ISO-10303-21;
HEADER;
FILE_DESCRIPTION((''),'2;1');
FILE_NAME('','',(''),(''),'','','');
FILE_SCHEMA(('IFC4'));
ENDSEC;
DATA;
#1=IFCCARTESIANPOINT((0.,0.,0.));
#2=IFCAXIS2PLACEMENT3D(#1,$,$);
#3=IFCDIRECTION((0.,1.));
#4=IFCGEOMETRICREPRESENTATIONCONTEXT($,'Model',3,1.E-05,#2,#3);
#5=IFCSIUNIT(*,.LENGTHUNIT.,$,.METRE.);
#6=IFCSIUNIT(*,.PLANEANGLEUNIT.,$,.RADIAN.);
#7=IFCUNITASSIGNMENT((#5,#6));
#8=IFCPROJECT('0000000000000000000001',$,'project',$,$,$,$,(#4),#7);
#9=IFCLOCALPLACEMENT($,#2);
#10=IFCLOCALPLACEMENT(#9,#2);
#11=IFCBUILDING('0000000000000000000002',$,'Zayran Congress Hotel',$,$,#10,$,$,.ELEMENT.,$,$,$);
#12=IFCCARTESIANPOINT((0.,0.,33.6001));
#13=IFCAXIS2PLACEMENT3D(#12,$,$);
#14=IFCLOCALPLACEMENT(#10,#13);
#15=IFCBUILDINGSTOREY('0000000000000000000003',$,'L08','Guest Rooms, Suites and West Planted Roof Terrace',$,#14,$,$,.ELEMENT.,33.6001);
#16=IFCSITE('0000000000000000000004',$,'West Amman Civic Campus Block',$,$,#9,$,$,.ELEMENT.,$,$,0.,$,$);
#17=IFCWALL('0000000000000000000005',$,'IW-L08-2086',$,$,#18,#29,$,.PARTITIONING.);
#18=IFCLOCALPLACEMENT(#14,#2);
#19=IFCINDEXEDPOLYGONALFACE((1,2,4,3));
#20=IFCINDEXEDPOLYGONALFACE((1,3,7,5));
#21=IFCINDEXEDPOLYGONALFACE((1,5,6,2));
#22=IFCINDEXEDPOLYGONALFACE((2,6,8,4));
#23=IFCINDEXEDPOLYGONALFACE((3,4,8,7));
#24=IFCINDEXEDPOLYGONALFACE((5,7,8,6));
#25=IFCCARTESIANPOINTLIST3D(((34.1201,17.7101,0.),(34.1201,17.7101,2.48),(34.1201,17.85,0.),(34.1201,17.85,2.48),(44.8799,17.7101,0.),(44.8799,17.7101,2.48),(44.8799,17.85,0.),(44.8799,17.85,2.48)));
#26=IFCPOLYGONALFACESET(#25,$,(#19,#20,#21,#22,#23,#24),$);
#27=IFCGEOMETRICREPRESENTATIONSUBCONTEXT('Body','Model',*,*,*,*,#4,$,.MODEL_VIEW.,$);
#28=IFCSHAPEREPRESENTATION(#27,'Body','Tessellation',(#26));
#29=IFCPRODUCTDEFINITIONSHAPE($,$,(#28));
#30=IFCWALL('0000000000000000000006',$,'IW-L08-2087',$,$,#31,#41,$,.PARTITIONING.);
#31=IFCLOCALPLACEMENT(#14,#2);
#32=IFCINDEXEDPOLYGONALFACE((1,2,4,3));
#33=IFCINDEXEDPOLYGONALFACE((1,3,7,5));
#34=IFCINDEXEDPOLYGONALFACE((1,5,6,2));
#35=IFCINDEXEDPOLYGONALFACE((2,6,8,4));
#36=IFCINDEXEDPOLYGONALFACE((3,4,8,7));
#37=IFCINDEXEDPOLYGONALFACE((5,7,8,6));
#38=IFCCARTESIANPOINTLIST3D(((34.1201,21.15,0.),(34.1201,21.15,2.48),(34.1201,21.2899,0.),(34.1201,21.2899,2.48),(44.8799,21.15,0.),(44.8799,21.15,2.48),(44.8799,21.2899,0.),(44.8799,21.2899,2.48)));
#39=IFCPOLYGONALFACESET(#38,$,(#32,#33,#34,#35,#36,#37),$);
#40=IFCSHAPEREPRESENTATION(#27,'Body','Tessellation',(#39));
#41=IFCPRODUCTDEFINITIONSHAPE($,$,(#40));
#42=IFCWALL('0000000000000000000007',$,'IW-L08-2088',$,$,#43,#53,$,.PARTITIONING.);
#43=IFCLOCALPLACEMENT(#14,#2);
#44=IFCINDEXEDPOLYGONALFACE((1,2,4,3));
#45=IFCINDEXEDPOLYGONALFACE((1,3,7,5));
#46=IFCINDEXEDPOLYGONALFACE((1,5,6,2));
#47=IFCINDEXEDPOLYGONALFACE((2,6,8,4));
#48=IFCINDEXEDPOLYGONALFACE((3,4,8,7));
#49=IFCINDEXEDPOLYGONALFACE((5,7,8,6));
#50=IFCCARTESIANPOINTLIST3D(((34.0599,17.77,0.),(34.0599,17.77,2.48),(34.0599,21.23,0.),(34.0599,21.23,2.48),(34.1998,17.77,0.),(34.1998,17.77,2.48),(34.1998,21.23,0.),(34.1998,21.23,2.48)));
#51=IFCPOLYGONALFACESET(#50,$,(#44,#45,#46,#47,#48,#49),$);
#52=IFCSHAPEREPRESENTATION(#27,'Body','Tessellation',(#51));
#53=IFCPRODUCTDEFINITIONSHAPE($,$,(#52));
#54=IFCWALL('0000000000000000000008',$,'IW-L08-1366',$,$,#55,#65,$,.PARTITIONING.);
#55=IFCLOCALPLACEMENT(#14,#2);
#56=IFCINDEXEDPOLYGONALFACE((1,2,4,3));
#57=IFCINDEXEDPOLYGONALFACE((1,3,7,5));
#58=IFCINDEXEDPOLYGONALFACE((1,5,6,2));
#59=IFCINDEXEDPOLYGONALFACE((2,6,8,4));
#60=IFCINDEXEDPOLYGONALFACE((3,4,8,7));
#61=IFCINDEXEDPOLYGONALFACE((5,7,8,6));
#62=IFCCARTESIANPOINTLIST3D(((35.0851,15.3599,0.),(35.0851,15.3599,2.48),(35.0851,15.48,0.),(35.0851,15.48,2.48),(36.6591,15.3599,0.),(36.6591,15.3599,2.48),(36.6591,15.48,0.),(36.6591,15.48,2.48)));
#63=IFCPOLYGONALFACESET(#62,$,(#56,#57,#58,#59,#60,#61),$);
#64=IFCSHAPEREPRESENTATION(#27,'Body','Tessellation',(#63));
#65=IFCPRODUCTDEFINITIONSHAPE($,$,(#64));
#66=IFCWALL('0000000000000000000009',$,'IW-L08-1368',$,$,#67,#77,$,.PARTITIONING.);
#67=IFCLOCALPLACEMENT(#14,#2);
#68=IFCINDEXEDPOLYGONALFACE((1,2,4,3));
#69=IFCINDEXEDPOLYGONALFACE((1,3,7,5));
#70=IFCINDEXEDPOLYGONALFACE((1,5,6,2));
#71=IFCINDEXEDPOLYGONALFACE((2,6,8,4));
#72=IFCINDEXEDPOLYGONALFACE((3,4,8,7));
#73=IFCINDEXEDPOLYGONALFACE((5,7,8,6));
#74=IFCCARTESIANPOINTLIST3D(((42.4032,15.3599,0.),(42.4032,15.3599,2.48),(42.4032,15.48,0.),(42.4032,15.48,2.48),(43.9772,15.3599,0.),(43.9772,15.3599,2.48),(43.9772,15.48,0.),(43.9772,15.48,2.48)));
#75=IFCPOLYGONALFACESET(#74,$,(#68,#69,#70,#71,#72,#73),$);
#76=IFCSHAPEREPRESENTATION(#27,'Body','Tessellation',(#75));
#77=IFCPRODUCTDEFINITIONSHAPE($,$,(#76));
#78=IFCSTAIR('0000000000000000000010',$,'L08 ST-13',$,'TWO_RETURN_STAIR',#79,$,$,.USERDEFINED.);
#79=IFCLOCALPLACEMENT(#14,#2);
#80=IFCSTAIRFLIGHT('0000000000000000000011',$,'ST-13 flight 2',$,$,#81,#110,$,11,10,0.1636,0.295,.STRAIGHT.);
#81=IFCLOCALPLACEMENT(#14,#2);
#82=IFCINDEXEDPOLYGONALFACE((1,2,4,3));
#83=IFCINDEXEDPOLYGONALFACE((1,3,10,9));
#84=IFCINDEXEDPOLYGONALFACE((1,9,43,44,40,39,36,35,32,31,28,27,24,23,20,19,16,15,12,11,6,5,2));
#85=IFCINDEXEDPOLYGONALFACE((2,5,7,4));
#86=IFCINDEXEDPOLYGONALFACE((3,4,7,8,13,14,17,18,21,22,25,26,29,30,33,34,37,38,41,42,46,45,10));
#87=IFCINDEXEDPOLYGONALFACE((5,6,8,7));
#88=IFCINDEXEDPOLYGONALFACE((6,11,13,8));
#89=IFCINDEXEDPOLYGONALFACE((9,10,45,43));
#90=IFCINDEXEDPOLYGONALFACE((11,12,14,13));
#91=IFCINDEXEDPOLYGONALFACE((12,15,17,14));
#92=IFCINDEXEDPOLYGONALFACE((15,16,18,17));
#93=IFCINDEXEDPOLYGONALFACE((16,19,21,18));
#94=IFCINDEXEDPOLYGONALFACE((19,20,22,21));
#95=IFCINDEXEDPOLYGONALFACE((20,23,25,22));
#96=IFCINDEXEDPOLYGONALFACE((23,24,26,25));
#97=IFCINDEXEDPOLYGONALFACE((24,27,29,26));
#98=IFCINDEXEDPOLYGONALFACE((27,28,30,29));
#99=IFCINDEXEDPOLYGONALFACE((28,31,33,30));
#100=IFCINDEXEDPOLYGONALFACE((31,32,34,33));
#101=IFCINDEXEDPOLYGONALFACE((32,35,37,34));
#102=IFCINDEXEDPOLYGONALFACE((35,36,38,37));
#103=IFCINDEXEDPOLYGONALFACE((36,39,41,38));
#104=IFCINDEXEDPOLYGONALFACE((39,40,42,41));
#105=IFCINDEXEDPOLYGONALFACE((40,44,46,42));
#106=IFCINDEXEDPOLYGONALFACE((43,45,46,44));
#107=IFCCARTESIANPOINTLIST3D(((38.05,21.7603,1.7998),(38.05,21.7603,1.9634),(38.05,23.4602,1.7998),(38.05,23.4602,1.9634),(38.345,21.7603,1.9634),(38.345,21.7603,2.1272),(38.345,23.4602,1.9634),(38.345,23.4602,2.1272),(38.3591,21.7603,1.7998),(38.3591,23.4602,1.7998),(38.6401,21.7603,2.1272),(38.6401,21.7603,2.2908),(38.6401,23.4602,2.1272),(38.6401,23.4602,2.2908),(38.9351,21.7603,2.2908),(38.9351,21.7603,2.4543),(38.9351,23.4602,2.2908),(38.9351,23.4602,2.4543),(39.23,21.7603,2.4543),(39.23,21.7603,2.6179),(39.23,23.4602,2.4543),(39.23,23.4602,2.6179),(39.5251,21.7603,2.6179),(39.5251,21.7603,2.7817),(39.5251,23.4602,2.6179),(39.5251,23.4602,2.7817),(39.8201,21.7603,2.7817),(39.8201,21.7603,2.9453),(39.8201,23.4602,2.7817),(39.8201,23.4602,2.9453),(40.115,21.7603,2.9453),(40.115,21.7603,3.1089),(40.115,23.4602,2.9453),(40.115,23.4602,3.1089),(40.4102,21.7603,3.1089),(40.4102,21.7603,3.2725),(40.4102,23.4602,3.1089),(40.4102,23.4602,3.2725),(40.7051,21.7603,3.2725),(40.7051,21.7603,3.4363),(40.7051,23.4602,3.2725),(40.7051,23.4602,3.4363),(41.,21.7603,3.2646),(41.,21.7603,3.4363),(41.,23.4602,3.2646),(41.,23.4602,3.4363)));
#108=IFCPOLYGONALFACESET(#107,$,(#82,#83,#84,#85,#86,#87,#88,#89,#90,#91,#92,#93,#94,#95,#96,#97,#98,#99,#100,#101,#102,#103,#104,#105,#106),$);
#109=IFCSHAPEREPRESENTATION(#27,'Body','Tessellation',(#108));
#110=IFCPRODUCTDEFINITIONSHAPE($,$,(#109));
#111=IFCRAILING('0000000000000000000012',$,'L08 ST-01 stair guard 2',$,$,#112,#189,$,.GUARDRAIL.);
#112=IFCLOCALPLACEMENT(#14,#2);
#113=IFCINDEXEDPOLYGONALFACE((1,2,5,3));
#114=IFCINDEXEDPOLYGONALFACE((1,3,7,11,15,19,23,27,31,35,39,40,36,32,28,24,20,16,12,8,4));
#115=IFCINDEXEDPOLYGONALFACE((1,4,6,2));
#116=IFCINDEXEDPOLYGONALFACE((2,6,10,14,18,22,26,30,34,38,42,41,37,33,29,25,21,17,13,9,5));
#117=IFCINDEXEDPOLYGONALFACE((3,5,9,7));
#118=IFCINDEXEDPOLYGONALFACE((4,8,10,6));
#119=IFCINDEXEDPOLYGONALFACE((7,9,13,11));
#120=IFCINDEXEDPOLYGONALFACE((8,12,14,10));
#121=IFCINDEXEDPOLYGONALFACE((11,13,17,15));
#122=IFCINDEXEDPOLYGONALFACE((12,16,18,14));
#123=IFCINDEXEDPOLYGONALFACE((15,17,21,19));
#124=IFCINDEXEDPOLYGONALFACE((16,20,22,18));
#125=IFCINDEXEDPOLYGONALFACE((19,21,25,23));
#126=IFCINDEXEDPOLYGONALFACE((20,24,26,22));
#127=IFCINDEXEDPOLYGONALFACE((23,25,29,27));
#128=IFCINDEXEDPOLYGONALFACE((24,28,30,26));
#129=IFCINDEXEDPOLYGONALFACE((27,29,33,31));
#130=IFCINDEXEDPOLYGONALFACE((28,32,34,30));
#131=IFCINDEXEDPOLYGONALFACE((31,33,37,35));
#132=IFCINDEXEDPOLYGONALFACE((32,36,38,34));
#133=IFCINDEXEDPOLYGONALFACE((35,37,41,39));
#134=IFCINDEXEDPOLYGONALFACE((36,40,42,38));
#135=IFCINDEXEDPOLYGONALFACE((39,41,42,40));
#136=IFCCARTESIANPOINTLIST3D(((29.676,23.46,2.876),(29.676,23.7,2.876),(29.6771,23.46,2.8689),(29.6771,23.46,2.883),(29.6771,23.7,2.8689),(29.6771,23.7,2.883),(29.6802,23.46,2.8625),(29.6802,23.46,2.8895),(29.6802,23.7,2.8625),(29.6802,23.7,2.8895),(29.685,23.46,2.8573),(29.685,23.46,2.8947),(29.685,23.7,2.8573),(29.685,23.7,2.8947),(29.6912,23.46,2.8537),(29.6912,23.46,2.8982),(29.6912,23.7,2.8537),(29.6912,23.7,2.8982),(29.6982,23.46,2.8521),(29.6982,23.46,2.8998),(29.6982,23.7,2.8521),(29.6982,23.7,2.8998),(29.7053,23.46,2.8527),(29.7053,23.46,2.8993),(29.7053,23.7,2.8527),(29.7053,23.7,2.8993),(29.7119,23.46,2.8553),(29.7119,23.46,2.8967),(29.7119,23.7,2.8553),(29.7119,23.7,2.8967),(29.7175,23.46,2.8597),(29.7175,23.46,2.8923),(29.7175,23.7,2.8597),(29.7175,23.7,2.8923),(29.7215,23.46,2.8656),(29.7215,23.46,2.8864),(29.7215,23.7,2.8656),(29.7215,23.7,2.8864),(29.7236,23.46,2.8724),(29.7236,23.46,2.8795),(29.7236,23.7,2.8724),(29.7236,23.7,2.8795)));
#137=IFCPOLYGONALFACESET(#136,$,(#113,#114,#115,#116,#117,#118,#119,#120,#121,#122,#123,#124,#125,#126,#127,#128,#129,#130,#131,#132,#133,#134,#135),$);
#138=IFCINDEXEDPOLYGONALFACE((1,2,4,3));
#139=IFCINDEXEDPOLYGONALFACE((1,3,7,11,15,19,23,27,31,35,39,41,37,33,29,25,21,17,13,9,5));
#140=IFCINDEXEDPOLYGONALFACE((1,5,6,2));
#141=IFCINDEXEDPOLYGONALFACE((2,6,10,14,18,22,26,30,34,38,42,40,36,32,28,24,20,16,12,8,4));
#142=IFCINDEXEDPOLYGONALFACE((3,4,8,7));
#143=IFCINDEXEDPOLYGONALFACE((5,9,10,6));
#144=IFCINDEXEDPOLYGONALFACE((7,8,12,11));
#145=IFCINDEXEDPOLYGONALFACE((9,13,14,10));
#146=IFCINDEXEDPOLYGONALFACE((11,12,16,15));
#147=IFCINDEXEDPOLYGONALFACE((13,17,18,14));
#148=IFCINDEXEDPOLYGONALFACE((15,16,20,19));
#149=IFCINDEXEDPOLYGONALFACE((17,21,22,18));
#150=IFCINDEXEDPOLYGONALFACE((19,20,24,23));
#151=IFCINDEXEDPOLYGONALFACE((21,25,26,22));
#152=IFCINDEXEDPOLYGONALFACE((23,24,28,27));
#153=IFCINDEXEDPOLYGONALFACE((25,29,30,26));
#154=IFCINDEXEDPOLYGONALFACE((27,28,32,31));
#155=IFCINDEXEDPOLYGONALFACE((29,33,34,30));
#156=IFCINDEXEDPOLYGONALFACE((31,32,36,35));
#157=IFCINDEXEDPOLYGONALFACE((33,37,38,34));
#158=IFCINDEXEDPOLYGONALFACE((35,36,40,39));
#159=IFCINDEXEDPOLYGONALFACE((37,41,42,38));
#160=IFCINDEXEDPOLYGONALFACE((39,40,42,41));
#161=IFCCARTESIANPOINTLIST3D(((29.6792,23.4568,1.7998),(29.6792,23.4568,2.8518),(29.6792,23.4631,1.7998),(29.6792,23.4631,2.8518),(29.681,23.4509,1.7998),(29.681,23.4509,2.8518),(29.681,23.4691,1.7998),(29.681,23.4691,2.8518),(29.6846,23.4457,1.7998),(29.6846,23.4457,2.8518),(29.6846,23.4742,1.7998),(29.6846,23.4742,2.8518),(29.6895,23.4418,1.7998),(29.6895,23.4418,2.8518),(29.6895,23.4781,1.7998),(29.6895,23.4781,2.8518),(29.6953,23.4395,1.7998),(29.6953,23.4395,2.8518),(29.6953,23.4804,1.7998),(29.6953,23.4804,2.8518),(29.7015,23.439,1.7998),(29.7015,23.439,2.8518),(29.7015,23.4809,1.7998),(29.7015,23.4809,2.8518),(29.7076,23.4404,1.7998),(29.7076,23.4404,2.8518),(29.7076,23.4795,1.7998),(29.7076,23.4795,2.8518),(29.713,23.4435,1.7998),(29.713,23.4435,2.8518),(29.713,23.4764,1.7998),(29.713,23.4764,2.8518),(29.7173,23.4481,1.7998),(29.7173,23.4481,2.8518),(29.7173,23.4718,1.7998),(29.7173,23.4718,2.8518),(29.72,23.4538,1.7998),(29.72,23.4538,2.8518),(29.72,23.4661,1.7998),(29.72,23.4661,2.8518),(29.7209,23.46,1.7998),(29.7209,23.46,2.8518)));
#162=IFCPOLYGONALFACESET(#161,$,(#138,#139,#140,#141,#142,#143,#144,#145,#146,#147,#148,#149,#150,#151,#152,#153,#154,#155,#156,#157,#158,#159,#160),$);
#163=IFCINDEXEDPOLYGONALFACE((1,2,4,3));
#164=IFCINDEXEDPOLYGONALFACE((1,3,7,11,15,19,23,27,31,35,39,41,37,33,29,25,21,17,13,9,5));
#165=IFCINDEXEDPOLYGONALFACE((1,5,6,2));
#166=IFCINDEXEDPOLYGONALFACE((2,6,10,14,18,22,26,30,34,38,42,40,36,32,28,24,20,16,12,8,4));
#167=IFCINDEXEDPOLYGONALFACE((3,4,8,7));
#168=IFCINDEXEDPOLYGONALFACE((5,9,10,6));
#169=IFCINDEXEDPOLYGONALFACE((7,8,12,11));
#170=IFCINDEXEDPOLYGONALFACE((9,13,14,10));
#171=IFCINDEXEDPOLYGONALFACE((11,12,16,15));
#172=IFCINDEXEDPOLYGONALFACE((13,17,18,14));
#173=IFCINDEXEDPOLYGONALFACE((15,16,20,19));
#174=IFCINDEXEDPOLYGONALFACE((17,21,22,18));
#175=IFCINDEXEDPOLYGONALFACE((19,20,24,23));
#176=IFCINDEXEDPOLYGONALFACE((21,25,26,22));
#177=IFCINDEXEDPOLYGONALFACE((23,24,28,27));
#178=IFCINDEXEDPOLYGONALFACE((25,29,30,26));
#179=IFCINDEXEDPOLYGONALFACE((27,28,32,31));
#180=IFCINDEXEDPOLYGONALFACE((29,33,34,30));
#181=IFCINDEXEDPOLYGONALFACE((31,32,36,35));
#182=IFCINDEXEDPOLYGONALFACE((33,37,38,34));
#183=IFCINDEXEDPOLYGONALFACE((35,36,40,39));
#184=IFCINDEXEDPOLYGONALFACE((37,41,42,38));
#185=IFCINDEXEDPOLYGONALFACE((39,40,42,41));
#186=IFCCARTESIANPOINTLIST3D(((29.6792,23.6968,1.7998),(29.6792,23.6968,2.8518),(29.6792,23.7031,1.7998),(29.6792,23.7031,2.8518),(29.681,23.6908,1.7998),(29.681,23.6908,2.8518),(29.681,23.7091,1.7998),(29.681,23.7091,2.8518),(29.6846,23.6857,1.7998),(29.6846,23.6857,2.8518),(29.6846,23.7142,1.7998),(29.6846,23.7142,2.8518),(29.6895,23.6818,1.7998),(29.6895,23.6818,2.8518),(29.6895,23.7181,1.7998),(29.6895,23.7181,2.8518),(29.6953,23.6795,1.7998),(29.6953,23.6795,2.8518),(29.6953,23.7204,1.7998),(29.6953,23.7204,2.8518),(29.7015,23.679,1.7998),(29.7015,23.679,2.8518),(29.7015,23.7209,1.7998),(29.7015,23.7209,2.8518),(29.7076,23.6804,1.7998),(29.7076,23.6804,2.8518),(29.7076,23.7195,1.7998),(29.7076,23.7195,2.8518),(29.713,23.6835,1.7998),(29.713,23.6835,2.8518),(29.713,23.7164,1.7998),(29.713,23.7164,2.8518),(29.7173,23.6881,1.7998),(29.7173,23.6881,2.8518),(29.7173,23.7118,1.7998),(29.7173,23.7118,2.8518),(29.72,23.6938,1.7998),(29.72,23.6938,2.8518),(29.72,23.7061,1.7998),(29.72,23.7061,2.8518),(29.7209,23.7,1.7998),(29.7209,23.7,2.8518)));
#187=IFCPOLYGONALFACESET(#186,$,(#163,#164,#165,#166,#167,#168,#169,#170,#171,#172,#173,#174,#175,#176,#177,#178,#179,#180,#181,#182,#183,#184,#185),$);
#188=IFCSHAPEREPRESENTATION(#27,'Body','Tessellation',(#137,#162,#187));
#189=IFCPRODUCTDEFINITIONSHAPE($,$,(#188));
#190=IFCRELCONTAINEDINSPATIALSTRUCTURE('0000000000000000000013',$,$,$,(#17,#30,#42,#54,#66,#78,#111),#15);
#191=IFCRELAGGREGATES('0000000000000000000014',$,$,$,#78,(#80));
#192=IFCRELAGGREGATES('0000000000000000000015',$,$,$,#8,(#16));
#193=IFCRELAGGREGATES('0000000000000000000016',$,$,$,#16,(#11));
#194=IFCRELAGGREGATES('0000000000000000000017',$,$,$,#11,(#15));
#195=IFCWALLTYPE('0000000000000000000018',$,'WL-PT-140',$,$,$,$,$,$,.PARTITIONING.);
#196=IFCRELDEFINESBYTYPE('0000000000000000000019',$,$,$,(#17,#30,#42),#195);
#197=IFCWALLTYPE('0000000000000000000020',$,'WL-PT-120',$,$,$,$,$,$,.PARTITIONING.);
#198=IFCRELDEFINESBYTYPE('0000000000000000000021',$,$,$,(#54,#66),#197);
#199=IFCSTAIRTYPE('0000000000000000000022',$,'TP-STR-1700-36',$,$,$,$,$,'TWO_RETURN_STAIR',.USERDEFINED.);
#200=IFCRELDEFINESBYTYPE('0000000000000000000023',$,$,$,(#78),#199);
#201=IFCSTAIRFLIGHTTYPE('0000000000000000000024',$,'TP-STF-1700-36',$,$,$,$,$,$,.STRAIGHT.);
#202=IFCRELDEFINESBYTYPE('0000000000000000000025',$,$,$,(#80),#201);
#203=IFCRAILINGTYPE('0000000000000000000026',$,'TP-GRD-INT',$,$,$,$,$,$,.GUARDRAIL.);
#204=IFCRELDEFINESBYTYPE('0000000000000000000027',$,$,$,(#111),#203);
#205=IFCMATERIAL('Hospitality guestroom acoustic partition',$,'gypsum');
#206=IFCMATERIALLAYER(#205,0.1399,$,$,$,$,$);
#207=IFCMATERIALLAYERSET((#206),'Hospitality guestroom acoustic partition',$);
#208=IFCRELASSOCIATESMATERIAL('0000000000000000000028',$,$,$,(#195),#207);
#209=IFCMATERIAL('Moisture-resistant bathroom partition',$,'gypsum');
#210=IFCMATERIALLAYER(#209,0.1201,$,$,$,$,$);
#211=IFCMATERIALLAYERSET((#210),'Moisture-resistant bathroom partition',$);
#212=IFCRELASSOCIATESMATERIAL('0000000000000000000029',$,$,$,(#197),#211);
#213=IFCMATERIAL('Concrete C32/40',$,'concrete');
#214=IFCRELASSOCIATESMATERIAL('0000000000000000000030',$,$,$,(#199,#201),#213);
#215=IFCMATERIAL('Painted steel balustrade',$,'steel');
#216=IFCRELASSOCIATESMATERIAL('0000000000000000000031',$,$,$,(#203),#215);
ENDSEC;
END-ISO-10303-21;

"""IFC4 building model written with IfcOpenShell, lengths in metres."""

from ifc_helpers import new_model, si_unit, direction, frame, frame_2d, origin, origin_2d, place, context, subcontext, project, spatial, polyline, rectangle, circle, outline, extrude, material, layer, layer_set, type_object, element, aggregate, save


model = new_model("IFC4")

# Units and contexts
model_context = context("Model", 3, precision=1e-05, world=origin(), true_north=direction((0.0, 1.0)))
body_context = subcontext(model_context, "Body", "Model", "MODEL_VIEW")
ifc_project = project(units=[si_unit("LENGTHUNIT", "METRE"), si_unit("PLANEANGLEUNIT", "RADIAN")], contexts=[model_context])

# Site, building, storey
site_placement = place(None, origin())
site = spatial("IfcSite", under=ifc_project, at=site_placement, Name="West Amman Civic Campus Block", CompositionType="ELEMENT", RefElevation=0.0)
building_placement = place(site_placement, origin())
building = spatial("IfcBuilding", under=site, at=building_placement, Name="Zayran Congress Hotel", CompositionType="ELEMENT")
storey_placement = place(building_placement, frame((0.0, 0.0, 33.6001)))
storey = spatial("IfcBuildingStorey", under=building, at=storey_placement, Name="L08", Description="Guest Rooms, Suites and West Planted Roof Terrace", CompositionType="ELEMENT", Elevation=33.6001)

# Shared definitions
ifc_material_1 = material(Name="Hospitality guestroom acoustic partition", Category="gypsum")
ifc_layer_1 = layer(ifc_material_1, 0.1399)
ifc_layer_set_1 = layer_set([ifc_layer_1], Name="Hospitality guestroom acoustic partition")
wall_type_1 = type_object("IfcWallType", Name="WL-PT-140", PredefinedType="PARTITIONING", material=ifc_layer_set_1)

# Walls
for number, where, z_axis, x_axis, name in (
    (1, (34.1201, 17.78, 0.0), (0.0, 0.0, 1.0), (1.0, 0.0, 0.0), "IW-L08-2086"),
    (2, (34.1201, 21.22, 0.0), (0.0, 0.0, 1.0), (1.0, 0.0, 0.0), "IW-L08-2087"),
):
    element("IfcWall", number, at=place(storey_placement, frame(where, z_axis=z_axis, x_axis=x_axis)), inside=storey, type_object=wall_type_1, Name=name, PredefinedType="PARTITIONING", context=body_context, shape_type="SweptSolid", body=[
        extrude(rectangle(XDim=10.7598, YDim=0.1399, at=frame_2d((5.3799, 0.0))), origin(), (0.0, 0.0, 1.0), 2.48),
    ])
wall_1_placement = place(storey_placement, frame((34.1299, 17.77, 0.0), z_axis=(0.0, 0.0, 1.0), x_axis=(0.0, 1.0, 0.0)))
element("IfcWall", 3, at=wall_1_placement, inside=storey, type_object=wall_type_1, Name="IW-L08-2088", PredefinedType="PARTITIONING", context=body_context, shape_type="SweptSolid", body=[
    extrude(rectangle(XDim=3.46, YDim=0.1399, at=frame_2d((1.73, 0.0))), origin(), (0.0, 0.0, 1.0), 2.48),
])
ifc_material_2 = material(Name="Moisture-resistant bathroom partition", Category="gypsum")
ifc_layer_2 = layer(ifc_material_2, 0.1201)
ifc_layer_set_2 = layer_set([ifc_layer_2], Name="Moisture-resistant bathroom partition")
wall_type_2 = type_object("IfcWallType", Name="WL-PT-120", PredefinedType="PARTITIONING", material=ifc_layer_set_2)
for number, where, z_axis, x_axis, name in (
    (4, (35.085, 15.4199, 0.0), (0.0, 0.0, 1.0), (1.0, 0.0, 0.0), "IW-L08-1366"),
    (5, (42.4031, 15.4199, 0.0), (0.0, 0.0, 1.0), (1.0, 0.0, 0.0), "IW-L08-1368"),
):
    element("IfcWall", number, at=place(storey_placement, frame(where, z_axis=z_axis, x_axis=x_axis)), inside=storey, type_object=wall_type_2, Name=name, PredefinedType="PARTITIONING", context=body_context, shape_type="SweptSolid", body=[
        extrude(rectangle(XDim=1.574, YDim=0.1201, at=frame_2d((0.7871, 0.0))), origin(), (0.0, 0.0, 1.0), 2.48),
    ])

# Stair, stair flight
ifc_material_3 = material(Name="Concrete C32/40", Category="concrete")
stair_type = type_object("IfcStairType", Name="TP-STR-1700-36", ElementType="TWO_RETURN_STAIR", PredefinedType="USERDEFINED", material=ifc_material_3)
stair_placement = place(storey_placement, origin())
stair = element("IfcStair", 6, at=stair_placement, inside=storey, type_object=stair_type, Name="L08 ST-13", ObjectType="TWO_RETURN_STAIR", PredefinedType="USERDEFINED")
stair_flight_type = type_object("IfcStairFlightType", Name="TP-STF-1700-36", PredefinedType="STRAIGHT", material=ifc_material_3)
stair_flight_placement = place(storey_placement, frame((38.05, 22.6101, 1.7998), z_axis=(0.0, 0.0, 1.0), x_axis=(1.0, 0.0, 0.0)))
stair_flight = element("IfcStairFlight", 7, at=stair_flight_placement, type_object=stair_flight_type, Name="ST-13 flight 2", NumberOfRisers=11, NumberOfTreads=10, PredefinedType="STRAIGHT", RiserHeight=0.1636, TreadLength=0.295, context=body_context, shape_type="SweptSolid", body=[
    extrude(outline(polyline([(0.0, 0.0), (0.0, 0.1636), (0.2949, 0.1636), (0.2949, 0.3274), (0.5901, 0.3274), (0.5901, 0.491), (0.885, 0.491), (0.885, 0.6545), (1.1799, 0.6545), (1.1799, 0.8181), (1.4751, 0.8181), (1.4751, 0.9819), (1.77, 0.9819), (1.77, 1.1455), (2.0649, 1.1455), (2.0649, 1.3091), (2.3601, 1.3091), (2.3601, 1.4727), (2.655, 1.4727), (2.655, 1.6365), (2.95, 1.6365), (2.95, 1.8), (2.95, 1.4648), (0.3091, 0.0), (0.0, 0.0)])), frame((0.0, 0.8501, 0.0), z_axis=(0.0, -1.0, 0.0), x_axis=(1.0, 0.0, 0.0)), (0.0, 0.0, 1.0), 1.7),
])
aggregate(stair, [stair_flight])

# Railing
ifc_material_4 = material(Name="Painted steel balustrade", Category="steel")
railing_type_1 = type_object("IfcRailingType", Name="TP-GRD-INT", PredefinedType="GUARDRAIL", material=ifc_material_4)
railing_1_placement = place(storey_placement, frame((29.7, 23.46, 1.7998)))
element("IfcRailing", 8, at=railing_1_placement, inside=storey, type_object=railing_type_1, Name="L08 ST-01 stair guard 2", PredefinedType="GUARDRAIL", context=body_context, shape_type="SweptSolid", body=[
    extrude(circle(Radius=0.0239, at=origin_2d()), frame((0.0, 0.0, 1.0762), z_axis=(0.0, 1.0, 0.0), x_axis=(-1.0, 0.0, 0.0)), (0.0, 0.0, 1.0), 0.24),
    extrude(circle(Radius=0.021, at=origin_2d()), origin(), (0.0, 0.0, 1.0), 1.052),
    extrude(circle(Radius=0.021, at=origin_2d()), frame((0.0, 0.24, 0.0)), (0.0, 0.0, 1.0), 1.052),
])

save(model, "model.ifc")
